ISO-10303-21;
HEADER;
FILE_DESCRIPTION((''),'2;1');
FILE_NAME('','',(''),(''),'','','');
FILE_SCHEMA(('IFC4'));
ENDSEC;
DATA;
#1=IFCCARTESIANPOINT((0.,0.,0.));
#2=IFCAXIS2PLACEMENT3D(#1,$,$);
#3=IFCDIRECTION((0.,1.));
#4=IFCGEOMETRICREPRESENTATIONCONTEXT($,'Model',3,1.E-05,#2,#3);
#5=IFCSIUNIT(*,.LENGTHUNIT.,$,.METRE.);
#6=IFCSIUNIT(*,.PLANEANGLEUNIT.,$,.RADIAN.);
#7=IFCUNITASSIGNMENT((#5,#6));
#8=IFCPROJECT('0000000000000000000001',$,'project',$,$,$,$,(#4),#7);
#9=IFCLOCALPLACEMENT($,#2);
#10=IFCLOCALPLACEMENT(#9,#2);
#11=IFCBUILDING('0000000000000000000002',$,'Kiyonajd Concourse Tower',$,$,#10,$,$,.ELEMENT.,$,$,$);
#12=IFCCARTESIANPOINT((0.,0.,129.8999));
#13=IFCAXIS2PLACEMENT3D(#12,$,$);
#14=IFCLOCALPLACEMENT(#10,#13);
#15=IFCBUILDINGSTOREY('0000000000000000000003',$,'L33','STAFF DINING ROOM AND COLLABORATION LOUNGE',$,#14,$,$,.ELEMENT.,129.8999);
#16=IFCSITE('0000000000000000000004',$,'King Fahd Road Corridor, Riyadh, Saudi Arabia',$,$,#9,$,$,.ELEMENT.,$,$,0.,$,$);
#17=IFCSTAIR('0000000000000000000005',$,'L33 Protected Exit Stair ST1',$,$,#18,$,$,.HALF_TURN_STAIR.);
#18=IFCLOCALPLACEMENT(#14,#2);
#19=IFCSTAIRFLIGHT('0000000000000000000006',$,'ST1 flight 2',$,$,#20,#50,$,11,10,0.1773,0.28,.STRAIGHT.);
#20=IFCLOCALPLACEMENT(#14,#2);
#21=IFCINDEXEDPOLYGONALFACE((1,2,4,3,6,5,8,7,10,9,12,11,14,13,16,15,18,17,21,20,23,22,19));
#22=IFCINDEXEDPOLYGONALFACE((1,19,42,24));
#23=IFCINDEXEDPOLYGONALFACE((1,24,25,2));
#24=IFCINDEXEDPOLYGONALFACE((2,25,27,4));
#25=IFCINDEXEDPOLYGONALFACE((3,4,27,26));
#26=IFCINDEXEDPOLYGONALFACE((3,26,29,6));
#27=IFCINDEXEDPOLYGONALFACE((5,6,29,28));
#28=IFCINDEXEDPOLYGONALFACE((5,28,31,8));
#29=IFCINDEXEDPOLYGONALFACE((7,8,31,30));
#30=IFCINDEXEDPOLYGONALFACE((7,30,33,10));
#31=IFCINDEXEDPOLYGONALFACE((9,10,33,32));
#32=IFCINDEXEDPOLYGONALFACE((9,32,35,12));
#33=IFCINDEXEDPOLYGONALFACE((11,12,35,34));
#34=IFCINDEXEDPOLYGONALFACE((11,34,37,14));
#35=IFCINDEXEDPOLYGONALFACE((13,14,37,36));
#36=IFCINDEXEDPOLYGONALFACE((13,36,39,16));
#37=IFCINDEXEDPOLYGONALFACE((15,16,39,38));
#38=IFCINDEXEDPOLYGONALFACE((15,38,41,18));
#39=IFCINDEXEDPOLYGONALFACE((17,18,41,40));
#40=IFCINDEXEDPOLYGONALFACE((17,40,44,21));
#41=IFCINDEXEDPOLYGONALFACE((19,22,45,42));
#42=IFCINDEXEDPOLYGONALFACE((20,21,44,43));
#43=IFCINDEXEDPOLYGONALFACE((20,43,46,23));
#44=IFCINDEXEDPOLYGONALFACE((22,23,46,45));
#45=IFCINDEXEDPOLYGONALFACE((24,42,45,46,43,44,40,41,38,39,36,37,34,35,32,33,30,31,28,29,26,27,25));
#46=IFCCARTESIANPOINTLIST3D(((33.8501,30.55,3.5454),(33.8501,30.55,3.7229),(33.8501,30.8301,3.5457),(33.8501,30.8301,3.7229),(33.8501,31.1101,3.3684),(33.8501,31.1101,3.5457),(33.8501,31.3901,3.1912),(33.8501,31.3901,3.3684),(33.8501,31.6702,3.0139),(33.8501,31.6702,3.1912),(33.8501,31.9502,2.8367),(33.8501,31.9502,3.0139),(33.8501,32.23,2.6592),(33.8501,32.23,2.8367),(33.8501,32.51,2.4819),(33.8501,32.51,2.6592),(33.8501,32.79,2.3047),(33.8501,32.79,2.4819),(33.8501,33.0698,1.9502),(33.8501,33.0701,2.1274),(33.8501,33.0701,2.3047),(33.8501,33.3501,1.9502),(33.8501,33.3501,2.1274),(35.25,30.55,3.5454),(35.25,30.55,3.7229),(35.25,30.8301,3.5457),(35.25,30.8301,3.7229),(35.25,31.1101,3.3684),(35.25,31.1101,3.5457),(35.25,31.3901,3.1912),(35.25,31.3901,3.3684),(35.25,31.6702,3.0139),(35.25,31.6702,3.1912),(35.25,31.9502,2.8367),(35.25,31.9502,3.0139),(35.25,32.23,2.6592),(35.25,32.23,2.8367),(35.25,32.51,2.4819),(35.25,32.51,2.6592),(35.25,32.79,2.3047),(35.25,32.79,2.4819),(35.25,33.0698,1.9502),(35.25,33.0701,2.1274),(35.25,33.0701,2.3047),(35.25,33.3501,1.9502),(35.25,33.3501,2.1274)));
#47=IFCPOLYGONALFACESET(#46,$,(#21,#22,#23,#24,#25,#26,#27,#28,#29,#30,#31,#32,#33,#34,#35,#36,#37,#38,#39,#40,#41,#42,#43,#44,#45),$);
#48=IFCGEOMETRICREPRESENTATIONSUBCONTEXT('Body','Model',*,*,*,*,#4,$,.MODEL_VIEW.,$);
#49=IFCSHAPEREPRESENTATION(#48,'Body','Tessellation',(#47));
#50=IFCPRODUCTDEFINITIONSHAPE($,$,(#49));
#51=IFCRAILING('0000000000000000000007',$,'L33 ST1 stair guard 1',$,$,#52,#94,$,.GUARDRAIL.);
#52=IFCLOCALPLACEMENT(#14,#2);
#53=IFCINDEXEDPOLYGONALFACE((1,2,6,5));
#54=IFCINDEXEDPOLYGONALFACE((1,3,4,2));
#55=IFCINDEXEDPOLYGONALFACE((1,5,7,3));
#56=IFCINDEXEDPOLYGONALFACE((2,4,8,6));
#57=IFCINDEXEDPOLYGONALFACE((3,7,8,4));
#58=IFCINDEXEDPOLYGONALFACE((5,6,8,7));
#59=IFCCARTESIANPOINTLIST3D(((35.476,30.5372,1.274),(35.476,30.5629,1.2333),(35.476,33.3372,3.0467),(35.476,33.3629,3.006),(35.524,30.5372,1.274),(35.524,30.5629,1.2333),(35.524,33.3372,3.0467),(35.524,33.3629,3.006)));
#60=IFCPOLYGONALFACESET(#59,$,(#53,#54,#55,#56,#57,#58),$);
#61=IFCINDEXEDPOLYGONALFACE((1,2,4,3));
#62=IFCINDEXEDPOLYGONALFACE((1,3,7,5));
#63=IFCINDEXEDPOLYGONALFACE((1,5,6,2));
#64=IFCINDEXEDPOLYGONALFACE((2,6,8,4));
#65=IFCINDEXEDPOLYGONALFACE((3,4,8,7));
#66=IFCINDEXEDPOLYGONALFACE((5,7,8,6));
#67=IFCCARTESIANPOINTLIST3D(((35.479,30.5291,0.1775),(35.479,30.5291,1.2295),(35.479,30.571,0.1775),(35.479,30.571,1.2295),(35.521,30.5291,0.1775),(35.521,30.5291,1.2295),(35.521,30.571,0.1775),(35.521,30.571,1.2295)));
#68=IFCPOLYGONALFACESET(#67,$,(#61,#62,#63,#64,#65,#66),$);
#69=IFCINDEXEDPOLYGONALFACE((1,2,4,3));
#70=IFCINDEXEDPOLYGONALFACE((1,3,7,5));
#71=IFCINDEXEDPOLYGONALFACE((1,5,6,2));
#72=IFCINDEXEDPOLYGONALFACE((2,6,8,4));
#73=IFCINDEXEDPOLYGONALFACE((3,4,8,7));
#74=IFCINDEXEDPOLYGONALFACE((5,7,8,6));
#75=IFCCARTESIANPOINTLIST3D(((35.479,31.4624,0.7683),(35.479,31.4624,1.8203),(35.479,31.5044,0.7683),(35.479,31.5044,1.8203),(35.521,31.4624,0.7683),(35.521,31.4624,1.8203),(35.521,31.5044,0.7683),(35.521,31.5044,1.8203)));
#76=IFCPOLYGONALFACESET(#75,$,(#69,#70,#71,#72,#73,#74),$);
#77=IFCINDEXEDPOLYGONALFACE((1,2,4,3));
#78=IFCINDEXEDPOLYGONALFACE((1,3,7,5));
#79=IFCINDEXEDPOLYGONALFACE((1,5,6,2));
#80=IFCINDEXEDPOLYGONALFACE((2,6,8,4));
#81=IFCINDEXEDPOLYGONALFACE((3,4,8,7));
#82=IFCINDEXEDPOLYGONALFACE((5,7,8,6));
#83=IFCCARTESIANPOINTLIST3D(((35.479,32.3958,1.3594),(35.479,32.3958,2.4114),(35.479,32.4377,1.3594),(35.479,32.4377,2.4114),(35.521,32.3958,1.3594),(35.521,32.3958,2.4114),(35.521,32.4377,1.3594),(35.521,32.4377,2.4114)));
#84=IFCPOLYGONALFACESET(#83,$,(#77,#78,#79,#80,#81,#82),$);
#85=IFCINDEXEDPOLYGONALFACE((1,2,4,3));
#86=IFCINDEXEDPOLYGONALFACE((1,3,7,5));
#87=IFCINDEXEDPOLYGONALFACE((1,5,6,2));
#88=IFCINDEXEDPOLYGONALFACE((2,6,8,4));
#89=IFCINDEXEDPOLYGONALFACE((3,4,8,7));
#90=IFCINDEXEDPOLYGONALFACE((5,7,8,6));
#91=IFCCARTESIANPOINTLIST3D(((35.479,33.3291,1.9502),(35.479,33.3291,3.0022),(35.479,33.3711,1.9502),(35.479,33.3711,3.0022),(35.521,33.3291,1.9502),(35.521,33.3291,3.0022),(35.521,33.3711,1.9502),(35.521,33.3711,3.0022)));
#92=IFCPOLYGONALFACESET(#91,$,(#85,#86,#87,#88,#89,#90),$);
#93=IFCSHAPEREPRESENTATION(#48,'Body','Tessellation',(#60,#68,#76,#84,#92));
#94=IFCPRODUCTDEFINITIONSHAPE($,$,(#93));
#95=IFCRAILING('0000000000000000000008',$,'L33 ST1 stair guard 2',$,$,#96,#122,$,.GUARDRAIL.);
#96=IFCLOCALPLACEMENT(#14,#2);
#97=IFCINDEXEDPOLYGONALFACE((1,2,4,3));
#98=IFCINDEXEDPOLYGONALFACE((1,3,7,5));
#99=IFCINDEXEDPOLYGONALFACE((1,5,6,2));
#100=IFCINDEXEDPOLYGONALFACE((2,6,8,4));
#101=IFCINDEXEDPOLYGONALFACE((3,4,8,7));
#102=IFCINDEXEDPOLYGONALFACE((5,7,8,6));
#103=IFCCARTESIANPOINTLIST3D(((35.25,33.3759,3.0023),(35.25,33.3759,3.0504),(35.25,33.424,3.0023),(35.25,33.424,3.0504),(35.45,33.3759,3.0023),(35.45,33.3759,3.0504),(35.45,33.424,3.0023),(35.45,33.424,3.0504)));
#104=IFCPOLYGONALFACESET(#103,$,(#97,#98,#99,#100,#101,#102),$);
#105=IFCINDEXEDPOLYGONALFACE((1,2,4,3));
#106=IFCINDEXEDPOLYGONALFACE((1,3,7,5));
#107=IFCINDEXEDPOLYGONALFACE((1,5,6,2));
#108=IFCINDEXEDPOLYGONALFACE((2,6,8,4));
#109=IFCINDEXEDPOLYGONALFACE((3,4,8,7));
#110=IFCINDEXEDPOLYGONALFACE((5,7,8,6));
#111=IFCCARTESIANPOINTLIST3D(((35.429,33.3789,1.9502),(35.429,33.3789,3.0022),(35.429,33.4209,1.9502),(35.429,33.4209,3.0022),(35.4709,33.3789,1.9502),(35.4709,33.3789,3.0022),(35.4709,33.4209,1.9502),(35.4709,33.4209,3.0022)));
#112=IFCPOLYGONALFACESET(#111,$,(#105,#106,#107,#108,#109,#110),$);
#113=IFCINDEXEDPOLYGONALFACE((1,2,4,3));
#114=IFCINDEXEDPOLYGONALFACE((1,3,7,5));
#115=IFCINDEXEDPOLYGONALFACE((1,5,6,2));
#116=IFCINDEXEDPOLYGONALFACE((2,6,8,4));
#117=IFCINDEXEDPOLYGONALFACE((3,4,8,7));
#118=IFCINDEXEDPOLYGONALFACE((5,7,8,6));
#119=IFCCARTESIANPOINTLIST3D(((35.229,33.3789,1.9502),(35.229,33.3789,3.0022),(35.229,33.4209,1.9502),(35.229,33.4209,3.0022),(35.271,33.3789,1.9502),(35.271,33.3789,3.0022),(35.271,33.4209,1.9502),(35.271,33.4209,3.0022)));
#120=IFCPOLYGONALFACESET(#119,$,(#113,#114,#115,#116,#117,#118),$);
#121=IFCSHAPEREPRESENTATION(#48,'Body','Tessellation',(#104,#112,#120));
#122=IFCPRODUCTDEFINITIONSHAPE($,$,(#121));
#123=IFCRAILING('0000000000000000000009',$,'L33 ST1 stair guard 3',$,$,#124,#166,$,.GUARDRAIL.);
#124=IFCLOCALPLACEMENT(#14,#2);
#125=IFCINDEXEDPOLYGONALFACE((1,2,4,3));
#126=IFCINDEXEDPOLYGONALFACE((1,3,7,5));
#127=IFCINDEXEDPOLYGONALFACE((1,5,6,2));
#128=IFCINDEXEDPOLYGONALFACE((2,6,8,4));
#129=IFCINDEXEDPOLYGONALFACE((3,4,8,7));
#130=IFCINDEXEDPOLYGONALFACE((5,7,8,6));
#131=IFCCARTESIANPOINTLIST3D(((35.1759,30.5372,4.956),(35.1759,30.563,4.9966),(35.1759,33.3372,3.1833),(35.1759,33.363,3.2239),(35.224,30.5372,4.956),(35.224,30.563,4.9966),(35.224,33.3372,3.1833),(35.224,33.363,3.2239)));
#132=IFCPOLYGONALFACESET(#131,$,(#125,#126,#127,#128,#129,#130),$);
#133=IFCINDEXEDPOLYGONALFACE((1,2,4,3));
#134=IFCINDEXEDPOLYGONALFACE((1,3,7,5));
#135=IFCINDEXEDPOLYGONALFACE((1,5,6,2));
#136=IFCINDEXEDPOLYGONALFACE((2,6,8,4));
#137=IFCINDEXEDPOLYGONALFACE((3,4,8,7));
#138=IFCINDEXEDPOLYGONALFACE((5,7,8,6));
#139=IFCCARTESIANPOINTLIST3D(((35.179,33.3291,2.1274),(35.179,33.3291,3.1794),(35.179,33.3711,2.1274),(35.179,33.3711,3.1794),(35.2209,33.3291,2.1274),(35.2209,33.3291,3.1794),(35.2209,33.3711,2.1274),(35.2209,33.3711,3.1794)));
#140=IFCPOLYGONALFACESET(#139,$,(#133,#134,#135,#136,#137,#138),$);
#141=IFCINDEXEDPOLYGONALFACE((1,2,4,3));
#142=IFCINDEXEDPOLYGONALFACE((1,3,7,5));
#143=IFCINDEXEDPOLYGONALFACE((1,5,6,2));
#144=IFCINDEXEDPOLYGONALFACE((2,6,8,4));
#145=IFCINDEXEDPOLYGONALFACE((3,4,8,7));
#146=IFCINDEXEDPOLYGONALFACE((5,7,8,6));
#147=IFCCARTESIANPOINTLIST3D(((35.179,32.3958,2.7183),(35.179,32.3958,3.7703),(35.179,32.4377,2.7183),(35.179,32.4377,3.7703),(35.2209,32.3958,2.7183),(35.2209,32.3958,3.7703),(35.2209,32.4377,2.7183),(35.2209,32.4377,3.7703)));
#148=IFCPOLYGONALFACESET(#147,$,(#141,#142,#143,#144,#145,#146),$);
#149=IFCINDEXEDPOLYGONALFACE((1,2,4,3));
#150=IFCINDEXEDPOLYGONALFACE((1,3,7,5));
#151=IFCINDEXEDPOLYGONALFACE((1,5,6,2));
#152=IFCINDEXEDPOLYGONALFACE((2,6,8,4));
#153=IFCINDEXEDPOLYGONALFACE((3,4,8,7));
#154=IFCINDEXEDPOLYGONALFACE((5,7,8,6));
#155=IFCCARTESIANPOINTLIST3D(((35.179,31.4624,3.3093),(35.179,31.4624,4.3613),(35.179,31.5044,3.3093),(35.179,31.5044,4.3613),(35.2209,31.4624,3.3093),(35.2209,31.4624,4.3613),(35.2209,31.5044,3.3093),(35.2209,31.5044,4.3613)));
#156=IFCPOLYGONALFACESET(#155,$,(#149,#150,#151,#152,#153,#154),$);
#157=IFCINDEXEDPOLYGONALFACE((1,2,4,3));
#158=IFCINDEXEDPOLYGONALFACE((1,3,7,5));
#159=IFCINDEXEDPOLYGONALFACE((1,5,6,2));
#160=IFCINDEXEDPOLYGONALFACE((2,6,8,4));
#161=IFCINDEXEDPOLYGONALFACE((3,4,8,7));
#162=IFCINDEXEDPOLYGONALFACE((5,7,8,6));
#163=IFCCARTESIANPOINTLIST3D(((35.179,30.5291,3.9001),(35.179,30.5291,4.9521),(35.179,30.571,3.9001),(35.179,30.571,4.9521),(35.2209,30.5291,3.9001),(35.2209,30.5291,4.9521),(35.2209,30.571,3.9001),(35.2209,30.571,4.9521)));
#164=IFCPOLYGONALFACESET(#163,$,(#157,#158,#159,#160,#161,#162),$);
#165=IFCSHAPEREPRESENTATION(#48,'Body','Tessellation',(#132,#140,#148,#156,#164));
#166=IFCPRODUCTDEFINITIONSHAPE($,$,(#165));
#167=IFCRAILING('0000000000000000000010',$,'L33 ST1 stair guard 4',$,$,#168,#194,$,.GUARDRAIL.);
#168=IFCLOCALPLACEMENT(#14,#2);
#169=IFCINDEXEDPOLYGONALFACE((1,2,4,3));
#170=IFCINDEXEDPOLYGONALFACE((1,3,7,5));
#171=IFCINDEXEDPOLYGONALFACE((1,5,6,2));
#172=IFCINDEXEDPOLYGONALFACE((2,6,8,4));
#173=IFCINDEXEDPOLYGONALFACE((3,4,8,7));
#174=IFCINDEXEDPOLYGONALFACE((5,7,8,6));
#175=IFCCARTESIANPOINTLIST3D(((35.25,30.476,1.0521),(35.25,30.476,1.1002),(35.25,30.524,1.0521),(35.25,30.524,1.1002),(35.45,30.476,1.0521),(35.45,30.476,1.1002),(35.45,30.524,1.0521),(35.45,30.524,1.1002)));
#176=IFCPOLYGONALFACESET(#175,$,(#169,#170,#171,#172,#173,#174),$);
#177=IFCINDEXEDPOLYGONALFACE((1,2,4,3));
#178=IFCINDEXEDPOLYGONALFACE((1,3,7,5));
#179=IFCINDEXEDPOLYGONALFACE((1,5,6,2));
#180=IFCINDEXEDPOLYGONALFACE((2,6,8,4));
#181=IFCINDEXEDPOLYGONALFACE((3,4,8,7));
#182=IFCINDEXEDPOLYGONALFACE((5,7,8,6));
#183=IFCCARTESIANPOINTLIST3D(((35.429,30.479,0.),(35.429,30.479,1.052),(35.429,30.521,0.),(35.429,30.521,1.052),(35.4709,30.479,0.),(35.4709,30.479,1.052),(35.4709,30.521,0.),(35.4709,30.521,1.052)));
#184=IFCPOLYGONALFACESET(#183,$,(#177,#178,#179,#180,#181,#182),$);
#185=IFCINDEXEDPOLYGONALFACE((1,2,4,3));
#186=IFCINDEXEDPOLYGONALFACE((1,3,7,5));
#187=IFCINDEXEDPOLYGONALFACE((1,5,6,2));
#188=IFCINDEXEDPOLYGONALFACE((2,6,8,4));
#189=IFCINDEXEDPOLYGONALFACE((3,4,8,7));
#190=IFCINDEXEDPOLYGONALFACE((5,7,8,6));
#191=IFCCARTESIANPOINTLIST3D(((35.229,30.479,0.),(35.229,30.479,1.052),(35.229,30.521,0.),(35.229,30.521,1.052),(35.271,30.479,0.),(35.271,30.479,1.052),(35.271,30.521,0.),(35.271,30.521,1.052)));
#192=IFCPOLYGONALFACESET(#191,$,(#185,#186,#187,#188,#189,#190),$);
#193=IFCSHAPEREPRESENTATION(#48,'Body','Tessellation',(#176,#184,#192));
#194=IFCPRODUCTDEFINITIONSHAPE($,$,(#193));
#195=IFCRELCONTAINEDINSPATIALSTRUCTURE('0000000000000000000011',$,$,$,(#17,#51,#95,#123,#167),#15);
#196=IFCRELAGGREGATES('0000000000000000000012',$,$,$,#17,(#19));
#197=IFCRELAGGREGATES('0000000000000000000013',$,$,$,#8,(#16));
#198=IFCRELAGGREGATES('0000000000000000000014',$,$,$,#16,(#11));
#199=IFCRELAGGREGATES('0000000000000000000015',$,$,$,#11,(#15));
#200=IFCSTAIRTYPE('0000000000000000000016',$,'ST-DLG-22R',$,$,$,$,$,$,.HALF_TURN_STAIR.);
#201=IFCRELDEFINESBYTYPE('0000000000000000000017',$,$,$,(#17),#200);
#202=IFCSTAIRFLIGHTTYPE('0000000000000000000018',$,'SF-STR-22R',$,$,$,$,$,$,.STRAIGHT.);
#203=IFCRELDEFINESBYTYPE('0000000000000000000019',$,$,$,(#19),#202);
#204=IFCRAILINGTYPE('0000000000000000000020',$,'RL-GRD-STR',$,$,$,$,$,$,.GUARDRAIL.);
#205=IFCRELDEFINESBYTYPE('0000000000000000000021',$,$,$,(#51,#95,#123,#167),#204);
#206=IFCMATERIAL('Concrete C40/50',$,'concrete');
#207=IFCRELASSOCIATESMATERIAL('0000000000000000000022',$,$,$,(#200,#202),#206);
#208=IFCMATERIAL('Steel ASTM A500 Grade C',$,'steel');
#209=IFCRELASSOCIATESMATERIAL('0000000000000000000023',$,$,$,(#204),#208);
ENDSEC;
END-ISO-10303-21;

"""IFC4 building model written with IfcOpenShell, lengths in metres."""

from ifc_helpers import new_model, si_unit, direction, frame, origin, origin_2d, place, context, subcontext, project, spatial, polyline, rectangle, outline, extrude, material, type_object, element, aggregate, save


model = new_model("IFC4")

# Units and contexts
model_context = context("Model", 3, precision=1e-05, world=origin(), true_north=direction((0.0, 1.0)))
body_context = subcontext(model_context, "Body", "Model", "MODEL_VIEW")
ifc_project = project(units=[si_unit("LENGTHUNIT", "METRE"), si_unit("PLANEANGLEUNIT", "RADIAN")], contexts=[model_context])

# Site, building, storey
site_placement = place(None, origin())
site = spatial("IfcSite", under=ifc_project, at=site_placement, Name="King Fahd Road Corridor, Riyadh, Saudi Arabia", CompositionType="ELEMENT", RefElevation=0.0)
building_placement = place(site_placement, origin())
building = spatial("IfcBuilding", under=site, at=building_placement, Name="Kiyonajd Concourse Tower", CompositionType="ELEMENT")
storey_placement = place(building_placement, frame((0.0, 0.0, 129.8999)))
storey = spatial("IfcBuildingStorey", under=building, at=storey_placement, Name="L33", Description="STAFF DINING ROOM AND COLLABORATION LOUNGE", CompositionType="ELEMENT", Elevation=129.8999)

# Stair, stair flight
ifc_material_1 = material(Name="Concrete C40/50", Category="concrete")
stair_type = type_object("IfcStairType", Name="ST-DLG-22R", PredefinedType="HALF_TURN_STAIR", material=ifc_material_1)
stair_placement = place(storey_placement, origin())
stair = element("IfcStair", 1, at=stair_placement, inside=storey, type_object=stair_type, Name="L33 Protected Exit Stair ST1", PredefinedType="HALF_TURN_STAIR")
stair_flight_type = type_object("IfcStairFlightType", Name="SF-STR-22R", PredefinedType="STRAIGHT", material=ifc_material_1)
stair_flight_1_placement = place(storey_placement, frame((34.55, 33.3501, 1.9502), z_axis=(0.0, 0.0, 1.0), x_axis=(0.0, -1.0, 0.0)))
stair_flight_1 = element("IfcStairFlight", 2, at=stair_flight_1_placement, type_object=stair_flight_type, Name="ST1 flight 2", NumberOfRisers=11, NumberOfTreads=10, PredefinedType="STRAIGHT", RiserHeight=0.1773, TreadLength=0.28, context=body_context, shape_type="SweptSolid", body=[
    extrude(outline(polyline([(0.0, 0.0), (0.0, 0.1772), (0.28, 0.1772), (0.28, 0.3545), (0.5601, 0.3545), (0.5601, 0.5317), (0.8401, 0.5317), (0.8401, 0.709), (1.1201, 0.709), (1.1201, 0.8865), (1.3999, 0.8865), (1.3999, 1.0637), (1.6799, 1.0637), (1.6799, 1.241), (1.96, 1.241), (1.96, 1.4182), (2.24, 1.4182), (2.24, 1.5955), (2.52, 1.5955), (2.52, 1.7727), (2.8, 1.7727), (2.8, 1.95), (2.8, 1.5952), (0.2803, 0.0), (0.0, 0.0)])), frame((0.0, 0.7, 0.0), z_axis=(0.0, -1.0, 0.0), x_axis=(1.0, 0.0, 0.0)), (0.0, 0.0, 1.0), 1.3999),
])
aggregate(stair, [stair_flight_1])

# Railings
ifc_material_2 = material(Name="Steel ASTM A500 Grade C", Category="steel")
railing_type_1 = type_object("IfcRailingType", Name="RL-GRD-STR", PredefinedType="GUARDRAIL", material=ifc_material_2)
railing_1_placement = place(storey_placement, frame((35.5, 30.55, 0.1775)))
element("IfcRailing", 3, at=railing_1_placement, inside=storey, type_object=railing_type_1, Name="L33 ST1 stair guard 1", PredefinedType="GUARDRAIL", context=body_context, shape_type="SweptSolid", body=[
    extrude(rectangle(XDim=0.0481, YDim=0.0481, at=origin_2d()), frame((0.0, 0.0, 1.0762), z_axis=(0.0, 0.844909, 0.53491), x_axis=(-1.0, 0.0, 0.0)), (0.0, 0.0, 1.0), 3.314),
    extrude(rectangle(XDim=0.042, YDim=0.042, at=origin_2d()), origin(), (0.0, 0.0, 1.0), 1.052),
    extrude(rectangle(XDim=0.042, YDim=0.042, at=origin_2d()), frame((0.0, 0.9333, 0.5908)), (0.0, 0.0, 1.0), 1.052),
    extrude(rectangle(XDim=0.042, YDim=0.042, at=origin_2d()), frame((0.0, 1.8667, 1.1819)), (0.0, 0.0, 1.0), 1.052),
    extrude(rectangle(XDim=0.042, YDim=0.042, at=origin_2d()), frame((0.0, 2.8, 1.7727)), (0.0, 0.0, 1.0), 1.052),
])
railing_2_placement = place(storey_placement, frame((35.45, 33.3999, 1.9502)))
element("IfcRailing", 4, at=railing_2_placement, inside=storey, type_object=railing_type_1, Name="L33 ST1 stair guard 2", PredefinedType="GUARDRAIL", context=body_context, shape_type="SweptSolid", body=[
    extrude(rectangle(XDim=0.0481, YDim=0.0481, at=origin_2d()), frame((0.0, 0.0, 1.0762), z_axis=(-1.0, 0.0, 0.0), x_axis=(0.0, -1.0, 0.0)), (0.0, 0.0, 1.0), 0.2),
    extrude(rectangle(XDim=0.042, YDim=0.042, at=origin_2d()), origin(), (0.0, 0.0, 1.0), 1.052),
    extrude(rectangle(XDim=0.042, YDim=0.042, at=origin_2d()), frame((-0.2, 0.0, 0.0)), (0.0, 0.0, 1.0), 1.052),
])
railing_3_placement = place(storey_placement, frame((35.2, 33.3501, 2.1274)))
element("IfcRailing", 5, at=railing_3_placement, inside=storey, type_object=railing_type_1, Name="L33 ST1 stair guard 3", PredefinedType="GUARDRAIL", context=body_context, shape_type="SweptSolid", body=[
    extrude(rectangle(XDim=0.0481, YDim=0.0481, at=origin_2d()), frame((0.0, 0.0, 1.0762), z_axis=(0.0, -0.844909, 0.53491), x_axis=(1.0, 0.0, 0.0)), (0.0, 0.0, 1.0), 3.314),
    extrude(rectangle(XDim=0.042, YDim=0.042, at=origin_2d()), origin(), (0.0, 0.0, 1.0), 1.052),
    extrude(rectangle(XDim=0.042, YDim=0.042, at=origin_2d()), frame((0.0, -0.9333, 0.5908)), (0.0, 0.0, 1.0), 1.052),
    extrude(rectangle(XDim=0.042, YDim=0.042, at=origin_2d()), frame((0.0, -1.8667, 1.1819)), (0.0, 0.0, 1.0), 1.052),
    extrude(rectangle(XDim=0.042, YDim=0.042, at=origin_2d()), frame((0.0, -2.8, 1.7727)), (0.0, 0.0, 1.0), 1.052),
])
railing_4_placement = place(storey_placement, frame((35.45, 30.5, 0.0)))
element("IfcRailing", 6, at=railing_4_placement, inside=storey, type_object=railing_type_1, Name="L33 ST1 stair guard 4", PredefinedType="GUARDRAIL", context=body_context, shape_type="SweptSolid", body=[
    extrude(rectangle(XDim=0.0481, YDim=0.0481, at=origin_2d()), frame((0.0, 0.0, 1.0762), z_axis=(-1.0, 0.0, 0.0), x_axis=(0.0, -1.0, 0.0)), (0.0, 0.0, 1.0), 0.2),
    extrude(rectangle(XDim=0.042, YDim=0.042, at=origin_2d()), origin(), (0.0, 0.0, 1.0), 1.052),
    extrude(rectangle(XDim=0.042, YDim=0.042, at=origin_2d()), frame((-0.2, 0.0, 0.0)), (0.0, 0.0, 1.0), 1.052),
])

save(model, "model.ifc")
